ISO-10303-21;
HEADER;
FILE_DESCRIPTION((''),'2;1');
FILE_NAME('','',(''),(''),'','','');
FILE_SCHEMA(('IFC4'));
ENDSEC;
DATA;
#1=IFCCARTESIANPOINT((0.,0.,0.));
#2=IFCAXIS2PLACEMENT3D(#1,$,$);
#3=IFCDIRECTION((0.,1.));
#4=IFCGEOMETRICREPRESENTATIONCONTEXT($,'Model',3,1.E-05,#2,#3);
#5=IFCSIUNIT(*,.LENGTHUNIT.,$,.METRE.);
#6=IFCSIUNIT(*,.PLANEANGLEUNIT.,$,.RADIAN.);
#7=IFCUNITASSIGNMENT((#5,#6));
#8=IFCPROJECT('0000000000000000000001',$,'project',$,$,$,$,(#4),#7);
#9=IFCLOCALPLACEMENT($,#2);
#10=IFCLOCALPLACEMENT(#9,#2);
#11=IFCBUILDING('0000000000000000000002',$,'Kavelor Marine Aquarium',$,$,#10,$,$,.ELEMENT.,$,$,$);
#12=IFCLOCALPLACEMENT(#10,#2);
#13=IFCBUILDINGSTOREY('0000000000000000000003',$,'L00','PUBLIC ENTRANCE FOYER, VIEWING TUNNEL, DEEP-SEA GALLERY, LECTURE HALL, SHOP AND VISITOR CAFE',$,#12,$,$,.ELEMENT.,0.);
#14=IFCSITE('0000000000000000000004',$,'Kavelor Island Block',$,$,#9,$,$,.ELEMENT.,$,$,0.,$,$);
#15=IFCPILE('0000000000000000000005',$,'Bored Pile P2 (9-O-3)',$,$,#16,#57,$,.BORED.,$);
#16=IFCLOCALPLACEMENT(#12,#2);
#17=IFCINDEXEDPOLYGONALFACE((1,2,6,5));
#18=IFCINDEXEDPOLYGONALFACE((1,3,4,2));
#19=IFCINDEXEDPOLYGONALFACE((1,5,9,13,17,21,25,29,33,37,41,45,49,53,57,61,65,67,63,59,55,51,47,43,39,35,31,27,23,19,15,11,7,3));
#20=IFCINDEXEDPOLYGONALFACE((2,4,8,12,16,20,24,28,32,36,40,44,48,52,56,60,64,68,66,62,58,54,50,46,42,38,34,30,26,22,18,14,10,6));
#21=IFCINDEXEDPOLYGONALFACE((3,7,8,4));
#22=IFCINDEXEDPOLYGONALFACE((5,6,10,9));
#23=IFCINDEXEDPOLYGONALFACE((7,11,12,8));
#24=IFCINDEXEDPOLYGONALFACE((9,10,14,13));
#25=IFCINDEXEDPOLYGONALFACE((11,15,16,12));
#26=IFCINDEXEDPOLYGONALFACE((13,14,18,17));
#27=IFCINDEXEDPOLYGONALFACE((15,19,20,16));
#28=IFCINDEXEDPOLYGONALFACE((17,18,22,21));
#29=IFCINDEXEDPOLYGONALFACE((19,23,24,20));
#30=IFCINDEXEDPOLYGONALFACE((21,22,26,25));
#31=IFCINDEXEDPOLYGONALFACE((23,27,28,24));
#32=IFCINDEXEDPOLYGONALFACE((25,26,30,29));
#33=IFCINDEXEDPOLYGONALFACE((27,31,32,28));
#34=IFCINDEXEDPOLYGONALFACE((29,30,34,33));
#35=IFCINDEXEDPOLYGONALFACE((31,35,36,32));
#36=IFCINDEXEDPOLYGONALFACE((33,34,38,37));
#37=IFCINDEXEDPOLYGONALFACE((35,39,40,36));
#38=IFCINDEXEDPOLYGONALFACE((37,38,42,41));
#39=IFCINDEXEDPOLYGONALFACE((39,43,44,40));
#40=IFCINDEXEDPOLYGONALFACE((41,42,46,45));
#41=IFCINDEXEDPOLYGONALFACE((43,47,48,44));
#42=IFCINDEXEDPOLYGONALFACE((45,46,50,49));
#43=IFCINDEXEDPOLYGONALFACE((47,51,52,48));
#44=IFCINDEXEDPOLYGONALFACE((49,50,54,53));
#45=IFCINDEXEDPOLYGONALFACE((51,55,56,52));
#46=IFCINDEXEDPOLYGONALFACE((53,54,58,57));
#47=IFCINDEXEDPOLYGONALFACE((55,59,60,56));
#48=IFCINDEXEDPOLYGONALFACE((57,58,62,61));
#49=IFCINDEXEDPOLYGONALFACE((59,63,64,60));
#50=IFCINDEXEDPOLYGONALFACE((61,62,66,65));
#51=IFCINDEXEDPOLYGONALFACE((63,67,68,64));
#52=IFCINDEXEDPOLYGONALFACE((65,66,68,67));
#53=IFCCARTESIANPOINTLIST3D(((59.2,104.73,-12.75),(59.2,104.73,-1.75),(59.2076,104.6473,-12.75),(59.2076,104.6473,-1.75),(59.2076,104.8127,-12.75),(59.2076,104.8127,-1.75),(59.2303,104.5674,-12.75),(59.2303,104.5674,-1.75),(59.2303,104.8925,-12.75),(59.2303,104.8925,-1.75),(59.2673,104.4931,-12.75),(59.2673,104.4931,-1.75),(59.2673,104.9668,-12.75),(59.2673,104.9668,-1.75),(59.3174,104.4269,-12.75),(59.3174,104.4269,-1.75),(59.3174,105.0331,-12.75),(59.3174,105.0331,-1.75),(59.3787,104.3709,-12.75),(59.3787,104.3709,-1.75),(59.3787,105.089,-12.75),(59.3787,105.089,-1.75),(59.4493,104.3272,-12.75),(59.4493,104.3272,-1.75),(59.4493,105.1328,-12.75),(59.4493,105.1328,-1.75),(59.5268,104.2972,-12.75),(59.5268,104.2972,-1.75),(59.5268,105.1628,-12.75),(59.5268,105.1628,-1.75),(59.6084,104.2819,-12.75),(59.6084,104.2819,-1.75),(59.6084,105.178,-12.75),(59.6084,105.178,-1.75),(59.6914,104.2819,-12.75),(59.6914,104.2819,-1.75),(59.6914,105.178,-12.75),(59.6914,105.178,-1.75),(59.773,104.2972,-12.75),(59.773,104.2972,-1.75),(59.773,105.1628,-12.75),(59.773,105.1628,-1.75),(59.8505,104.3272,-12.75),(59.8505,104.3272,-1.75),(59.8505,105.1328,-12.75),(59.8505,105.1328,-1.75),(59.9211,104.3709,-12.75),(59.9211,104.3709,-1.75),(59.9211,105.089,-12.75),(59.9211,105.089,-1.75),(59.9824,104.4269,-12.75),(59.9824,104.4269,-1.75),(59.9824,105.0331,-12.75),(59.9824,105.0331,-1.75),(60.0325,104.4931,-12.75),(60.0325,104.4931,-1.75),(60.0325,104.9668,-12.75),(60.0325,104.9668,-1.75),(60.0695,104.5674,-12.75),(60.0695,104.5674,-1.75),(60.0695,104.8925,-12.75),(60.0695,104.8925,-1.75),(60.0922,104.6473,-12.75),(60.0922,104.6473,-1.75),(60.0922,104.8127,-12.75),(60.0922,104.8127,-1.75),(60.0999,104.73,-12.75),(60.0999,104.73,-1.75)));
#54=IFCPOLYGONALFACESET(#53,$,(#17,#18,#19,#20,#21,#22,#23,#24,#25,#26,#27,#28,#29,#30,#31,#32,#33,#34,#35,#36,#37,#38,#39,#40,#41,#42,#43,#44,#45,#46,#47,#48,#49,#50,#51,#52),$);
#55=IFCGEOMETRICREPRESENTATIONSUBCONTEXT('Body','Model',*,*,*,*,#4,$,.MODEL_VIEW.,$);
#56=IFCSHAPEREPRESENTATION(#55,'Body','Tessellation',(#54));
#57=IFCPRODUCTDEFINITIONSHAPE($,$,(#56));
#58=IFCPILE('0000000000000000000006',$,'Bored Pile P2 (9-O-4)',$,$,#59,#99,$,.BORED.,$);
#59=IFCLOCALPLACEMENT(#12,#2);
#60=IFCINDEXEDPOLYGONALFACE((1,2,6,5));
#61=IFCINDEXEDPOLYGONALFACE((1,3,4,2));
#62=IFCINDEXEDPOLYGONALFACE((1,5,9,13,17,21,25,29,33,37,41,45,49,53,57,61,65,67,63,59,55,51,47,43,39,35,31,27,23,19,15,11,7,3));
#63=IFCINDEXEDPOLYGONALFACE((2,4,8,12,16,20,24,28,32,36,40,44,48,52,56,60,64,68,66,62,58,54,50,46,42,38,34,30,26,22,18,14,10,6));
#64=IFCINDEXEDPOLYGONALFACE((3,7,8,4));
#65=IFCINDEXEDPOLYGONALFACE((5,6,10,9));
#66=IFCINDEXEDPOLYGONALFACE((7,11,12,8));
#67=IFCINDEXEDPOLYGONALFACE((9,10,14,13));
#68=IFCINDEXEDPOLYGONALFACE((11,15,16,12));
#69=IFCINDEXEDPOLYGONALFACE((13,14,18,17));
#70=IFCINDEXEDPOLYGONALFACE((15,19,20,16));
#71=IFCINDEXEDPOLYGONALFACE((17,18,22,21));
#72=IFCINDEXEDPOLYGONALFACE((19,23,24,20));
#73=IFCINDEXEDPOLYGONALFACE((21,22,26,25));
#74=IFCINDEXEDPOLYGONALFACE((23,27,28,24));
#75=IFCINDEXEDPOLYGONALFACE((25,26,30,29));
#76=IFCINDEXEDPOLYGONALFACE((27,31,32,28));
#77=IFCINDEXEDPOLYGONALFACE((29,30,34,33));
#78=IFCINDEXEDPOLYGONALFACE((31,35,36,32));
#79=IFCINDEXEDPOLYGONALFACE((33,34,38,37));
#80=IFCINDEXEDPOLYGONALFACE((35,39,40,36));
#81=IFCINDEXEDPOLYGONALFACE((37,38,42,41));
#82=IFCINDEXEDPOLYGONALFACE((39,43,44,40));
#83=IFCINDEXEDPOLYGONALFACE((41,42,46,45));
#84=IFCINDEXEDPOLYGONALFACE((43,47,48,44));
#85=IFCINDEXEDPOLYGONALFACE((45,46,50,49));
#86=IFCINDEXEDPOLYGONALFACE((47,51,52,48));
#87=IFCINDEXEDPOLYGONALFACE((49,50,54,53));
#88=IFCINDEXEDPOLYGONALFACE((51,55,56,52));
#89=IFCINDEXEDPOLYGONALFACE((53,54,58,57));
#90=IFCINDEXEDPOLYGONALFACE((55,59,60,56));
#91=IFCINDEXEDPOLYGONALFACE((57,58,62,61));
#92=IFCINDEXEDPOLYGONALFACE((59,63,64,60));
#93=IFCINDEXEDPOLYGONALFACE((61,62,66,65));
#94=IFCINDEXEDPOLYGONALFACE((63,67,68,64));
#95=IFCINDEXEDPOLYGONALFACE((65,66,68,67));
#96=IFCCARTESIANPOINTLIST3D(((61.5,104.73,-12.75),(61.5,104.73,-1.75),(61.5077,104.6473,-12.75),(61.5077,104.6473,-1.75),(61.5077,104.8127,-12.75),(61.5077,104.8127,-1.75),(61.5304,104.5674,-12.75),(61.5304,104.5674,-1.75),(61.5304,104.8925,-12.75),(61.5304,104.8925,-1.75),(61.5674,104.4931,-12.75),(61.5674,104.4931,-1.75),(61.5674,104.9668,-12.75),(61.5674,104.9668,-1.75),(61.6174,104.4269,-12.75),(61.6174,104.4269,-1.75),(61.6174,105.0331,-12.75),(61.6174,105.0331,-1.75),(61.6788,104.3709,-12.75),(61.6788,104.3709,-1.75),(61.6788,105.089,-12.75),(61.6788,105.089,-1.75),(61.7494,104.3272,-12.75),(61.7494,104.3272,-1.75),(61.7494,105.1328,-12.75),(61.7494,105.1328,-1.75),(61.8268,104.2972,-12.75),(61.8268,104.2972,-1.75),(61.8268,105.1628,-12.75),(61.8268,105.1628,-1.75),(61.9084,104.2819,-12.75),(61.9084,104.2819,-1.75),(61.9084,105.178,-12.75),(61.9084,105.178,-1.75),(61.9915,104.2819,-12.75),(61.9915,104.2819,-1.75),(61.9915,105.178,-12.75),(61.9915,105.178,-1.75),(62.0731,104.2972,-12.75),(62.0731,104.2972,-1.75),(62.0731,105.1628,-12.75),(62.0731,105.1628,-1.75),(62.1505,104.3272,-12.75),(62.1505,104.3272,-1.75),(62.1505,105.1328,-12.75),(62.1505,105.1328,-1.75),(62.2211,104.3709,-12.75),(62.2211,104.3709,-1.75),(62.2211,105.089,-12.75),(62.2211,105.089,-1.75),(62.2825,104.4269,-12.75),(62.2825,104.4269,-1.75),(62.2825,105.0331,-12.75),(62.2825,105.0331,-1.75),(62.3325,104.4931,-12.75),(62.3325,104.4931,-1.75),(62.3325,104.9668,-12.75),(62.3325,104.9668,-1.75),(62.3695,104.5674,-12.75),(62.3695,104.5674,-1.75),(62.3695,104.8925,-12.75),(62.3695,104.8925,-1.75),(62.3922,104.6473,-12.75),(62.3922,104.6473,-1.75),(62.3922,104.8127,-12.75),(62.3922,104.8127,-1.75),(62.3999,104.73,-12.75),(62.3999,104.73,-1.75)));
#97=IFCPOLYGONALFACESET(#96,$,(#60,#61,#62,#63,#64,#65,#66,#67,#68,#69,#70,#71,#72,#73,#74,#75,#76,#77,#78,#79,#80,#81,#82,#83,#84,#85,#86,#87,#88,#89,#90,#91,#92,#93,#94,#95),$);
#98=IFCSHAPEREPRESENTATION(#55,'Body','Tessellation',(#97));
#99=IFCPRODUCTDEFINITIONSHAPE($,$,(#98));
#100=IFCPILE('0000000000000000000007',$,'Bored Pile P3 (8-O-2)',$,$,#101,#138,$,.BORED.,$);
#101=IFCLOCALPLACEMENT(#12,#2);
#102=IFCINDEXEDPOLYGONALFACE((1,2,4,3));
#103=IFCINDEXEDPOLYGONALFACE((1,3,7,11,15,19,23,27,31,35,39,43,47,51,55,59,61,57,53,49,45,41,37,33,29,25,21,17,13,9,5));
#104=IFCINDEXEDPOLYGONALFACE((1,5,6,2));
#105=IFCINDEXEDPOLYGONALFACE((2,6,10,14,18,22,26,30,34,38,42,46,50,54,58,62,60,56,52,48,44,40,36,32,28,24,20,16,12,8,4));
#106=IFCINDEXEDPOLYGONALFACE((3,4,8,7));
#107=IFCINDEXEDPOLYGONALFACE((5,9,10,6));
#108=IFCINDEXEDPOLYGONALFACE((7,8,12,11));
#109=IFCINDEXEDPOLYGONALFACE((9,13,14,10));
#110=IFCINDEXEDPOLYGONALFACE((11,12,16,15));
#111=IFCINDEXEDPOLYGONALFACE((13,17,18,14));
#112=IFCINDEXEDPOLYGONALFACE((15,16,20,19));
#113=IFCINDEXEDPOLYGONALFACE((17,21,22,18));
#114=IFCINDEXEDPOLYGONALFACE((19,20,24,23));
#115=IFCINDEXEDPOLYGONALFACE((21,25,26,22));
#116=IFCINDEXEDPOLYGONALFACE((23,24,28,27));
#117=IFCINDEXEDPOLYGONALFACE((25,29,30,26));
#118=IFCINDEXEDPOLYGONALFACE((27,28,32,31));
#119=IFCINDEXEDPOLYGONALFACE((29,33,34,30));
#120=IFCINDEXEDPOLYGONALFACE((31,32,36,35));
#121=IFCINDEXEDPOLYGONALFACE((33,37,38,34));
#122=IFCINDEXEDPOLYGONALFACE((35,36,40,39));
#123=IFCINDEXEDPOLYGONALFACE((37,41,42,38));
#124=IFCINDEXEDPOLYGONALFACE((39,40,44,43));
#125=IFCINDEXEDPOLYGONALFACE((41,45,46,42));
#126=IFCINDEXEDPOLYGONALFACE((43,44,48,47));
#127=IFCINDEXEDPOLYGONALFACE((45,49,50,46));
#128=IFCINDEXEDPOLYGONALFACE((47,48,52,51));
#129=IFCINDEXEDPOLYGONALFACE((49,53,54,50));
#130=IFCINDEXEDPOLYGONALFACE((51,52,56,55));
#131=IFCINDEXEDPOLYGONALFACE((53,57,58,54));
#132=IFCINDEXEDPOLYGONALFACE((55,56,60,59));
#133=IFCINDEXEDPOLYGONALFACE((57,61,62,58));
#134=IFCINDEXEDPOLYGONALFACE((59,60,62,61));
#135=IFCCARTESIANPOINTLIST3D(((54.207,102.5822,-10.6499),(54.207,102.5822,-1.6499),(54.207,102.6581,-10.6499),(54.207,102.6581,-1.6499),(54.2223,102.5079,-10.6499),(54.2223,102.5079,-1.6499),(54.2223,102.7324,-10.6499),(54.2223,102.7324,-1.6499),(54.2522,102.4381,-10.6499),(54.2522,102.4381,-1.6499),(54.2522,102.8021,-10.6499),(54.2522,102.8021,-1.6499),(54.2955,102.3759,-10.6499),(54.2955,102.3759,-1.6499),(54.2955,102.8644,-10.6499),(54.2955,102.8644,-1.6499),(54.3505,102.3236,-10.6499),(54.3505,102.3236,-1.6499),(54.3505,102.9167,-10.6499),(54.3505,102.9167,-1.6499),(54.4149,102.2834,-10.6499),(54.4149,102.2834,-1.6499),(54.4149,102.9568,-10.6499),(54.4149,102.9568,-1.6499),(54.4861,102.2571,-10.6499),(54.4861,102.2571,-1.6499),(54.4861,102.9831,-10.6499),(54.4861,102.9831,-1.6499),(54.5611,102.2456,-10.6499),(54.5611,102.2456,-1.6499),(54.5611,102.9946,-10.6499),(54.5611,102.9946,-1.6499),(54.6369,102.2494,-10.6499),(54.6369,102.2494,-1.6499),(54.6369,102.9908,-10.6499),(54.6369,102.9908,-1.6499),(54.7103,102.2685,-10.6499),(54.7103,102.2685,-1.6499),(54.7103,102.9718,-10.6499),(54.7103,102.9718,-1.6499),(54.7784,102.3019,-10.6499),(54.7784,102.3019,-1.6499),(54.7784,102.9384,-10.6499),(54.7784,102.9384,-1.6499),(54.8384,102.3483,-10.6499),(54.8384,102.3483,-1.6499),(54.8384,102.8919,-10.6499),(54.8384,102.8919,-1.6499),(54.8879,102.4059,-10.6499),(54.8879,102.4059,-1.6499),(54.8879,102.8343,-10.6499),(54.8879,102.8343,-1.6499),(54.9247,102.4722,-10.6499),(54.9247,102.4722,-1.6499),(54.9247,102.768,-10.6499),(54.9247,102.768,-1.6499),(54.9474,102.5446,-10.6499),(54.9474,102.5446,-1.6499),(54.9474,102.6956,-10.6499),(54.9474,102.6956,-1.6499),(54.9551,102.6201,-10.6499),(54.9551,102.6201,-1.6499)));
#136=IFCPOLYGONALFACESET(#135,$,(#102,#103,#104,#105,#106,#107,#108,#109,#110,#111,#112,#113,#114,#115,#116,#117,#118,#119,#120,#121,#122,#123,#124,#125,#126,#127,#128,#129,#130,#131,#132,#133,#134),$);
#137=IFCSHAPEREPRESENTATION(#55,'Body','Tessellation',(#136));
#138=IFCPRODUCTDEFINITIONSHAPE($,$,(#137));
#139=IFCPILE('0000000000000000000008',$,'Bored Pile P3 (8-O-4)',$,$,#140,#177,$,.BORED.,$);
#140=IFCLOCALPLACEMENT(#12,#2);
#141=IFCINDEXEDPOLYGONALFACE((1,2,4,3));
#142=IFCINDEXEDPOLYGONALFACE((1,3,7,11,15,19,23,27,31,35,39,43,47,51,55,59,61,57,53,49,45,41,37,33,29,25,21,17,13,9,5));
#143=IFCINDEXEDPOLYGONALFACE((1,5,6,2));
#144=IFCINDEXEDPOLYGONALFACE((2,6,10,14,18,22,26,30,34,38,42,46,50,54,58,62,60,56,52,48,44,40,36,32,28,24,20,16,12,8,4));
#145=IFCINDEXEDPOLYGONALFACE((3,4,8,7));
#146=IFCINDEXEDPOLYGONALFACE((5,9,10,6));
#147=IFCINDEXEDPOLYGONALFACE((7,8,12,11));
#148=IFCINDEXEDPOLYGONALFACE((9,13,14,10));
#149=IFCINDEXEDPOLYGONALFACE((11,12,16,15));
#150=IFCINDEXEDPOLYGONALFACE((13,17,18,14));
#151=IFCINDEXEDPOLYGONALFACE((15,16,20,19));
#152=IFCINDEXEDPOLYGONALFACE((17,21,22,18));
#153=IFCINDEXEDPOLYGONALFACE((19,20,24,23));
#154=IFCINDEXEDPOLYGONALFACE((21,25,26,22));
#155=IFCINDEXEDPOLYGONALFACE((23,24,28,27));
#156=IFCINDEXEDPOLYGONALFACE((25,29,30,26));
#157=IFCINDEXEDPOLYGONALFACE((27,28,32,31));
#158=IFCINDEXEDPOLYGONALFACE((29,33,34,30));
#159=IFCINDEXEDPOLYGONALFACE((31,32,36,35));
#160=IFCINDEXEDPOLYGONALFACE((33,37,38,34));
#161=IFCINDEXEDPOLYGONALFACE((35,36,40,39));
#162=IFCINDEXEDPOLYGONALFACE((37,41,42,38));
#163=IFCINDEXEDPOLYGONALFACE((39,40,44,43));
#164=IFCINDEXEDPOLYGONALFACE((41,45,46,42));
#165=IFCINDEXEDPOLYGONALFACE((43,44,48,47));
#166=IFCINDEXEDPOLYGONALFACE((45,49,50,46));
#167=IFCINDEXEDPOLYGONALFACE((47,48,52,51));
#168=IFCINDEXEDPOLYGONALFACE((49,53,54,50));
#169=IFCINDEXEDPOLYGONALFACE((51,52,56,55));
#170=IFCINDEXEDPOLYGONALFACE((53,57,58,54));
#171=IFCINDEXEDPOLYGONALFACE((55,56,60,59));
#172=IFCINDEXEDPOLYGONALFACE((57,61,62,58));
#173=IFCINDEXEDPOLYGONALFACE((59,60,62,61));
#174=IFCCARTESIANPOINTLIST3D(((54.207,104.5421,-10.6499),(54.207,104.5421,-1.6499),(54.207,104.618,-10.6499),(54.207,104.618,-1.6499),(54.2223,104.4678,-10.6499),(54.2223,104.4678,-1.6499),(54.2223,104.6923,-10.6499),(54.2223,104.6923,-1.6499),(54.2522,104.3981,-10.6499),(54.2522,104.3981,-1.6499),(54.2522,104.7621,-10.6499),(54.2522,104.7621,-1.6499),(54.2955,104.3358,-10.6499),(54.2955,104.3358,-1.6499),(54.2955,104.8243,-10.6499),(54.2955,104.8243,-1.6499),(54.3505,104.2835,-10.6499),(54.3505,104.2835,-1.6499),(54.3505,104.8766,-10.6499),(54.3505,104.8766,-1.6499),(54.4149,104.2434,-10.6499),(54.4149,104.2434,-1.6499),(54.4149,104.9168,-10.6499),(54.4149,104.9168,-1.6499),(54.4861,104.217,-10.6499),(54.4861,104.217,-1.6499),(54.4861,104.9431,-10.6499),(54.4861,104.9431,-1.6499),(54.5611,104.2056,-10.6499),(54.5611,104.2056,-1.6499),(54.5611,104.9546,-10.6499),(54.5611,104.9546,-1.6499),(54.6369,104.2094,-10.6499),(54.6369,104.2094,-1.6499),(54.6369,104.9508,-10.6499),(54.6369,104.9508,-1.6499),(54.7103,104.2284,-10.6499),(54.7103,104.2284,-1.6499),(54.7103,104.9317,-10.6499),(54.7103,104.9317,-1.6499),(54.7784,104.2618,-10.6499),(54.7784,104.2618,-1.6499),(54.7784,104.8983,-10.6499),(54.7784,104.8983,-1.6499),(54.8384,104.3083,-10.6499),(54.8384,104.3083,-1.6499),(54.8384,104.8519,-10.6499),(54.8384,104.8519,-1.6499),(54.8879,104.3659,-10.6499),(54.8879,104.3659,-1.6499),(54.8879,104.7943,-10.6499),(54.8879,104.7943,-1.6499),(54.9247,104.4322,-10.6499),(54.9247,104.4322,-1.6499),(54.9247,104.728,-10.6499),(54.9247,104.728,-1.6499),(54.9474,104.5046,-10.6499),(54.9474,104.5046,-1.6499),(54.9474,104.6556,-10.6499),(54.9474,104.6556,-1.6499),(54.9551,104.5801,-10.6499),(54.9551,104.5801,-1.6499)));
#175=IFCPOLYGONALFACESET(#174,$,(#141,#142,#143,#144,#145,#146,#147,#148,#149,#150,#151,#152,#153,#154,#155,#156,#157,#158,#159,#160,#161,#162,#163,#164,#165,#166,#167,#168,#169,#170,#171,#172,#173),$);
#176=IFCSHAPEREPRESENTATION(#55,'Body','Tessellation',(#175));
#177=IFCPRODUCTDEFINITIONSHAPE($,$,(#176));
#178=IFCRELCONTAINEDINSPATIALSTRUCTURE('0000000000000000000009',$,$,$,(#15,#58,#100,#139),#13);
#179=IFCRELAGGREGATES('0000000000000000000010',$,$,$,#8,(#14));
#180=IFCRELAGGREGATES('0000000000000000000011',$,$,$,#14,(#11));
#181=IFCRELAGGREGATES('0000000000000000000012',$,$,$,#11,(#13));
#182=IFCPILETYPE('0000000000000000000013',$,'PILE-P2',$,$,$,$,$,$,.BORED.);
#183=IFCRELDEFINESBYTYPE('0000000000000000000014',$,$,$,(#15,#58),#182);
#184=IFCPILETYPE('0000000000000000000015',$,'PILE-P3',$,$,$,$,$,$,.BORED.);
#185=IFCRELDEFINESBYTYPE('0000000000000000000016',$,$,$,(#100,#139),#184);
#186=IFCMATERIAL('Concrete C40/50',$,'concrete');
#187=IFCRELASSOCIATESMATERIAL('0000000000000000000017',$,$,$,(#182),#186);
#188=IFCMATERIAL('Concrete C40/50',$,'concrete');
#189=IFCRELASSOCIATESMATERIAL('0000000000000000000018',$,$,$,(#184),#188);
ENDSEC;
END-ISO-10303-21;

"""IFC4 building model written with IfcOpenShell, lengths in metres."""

from ifc_helpers import new_model, si_unit, direction, frame, origin, origin_2d, place, context, subcontext, project, spatial, circle, extrude, material, material_profile, profile_set, type_object, element, save


model = new_model("IFC4")

# Units and contexts
model_context = context("Model", 3, precision=1e-05, world=origin(), true_north=direction((0.0, 1.0)))
body_context = subcontext(model_context, "Body", "Model", "MODEL_VIEW")
ifc_project = project(units=[si_unit("LENGTHUNIT", "METRE"), si_unit("PLANEANGLEUNIT", "RADIAN")], contexts=[model_context])

# Site, building, storey
site_placement = place(None, origin())
site = spatial("IfcSite", under=ifc_project, at=site_placement, Name="Kavelor Island Block", CompositionType="ELEMENT", RefElevation=0.0)
building_placement = place(site_placement, origin())
building = spatial("IfcBuilding", under=site, at=building_placement, Name="Kavelor Marine Aquarium", CompositionType="ELEMENT")
storey_placement = place(building_placement, origin())
storey = spatial("IfcBuildingStorey", under=building, at=storey_placement, Name="L00", Description="PUBLIC ENTRANCE FOYER, VIEWING TUNNEL, DEEP-SEA GALLERY, LECTURE HALL, SHOP AND VISITOR CAFE", CompositionType="ELEMENT", Elevation=0.0)

# Piles
ifc_material_1 = material(Name="Concrete C40/50", Category="concrete")
ifc_material_profile_1 = material_profile(ifc_material_1, circle(Radius=0.45, at=origin_2d()), Name="PILE D900")
ifc_profile_set_1 = profile_set([ifc_material_profile_1], Name="Concrete C40/50")
pile_type_1 = type_object("IfcPileType", Name="PILE-P2", PredefinedType="BORED", material=ifc_profile_set_1)
for number, where, z_axis, x_axis, name in (
    (1, (59.6499, 104.73, -1.75), (0.0, 0.0, -1.0), (1.0, 0.0, 0.0), "Bored Pile P2 (9-O-3)"),
    (2, (61.95, 104.73, -1.75), (0.0, 0.0, -1.0), (1.0, 0.0, 0.0), "Bored Pile P2 (9-O-4)"),
):
    element("IfcPile", number, at=place(storey_placement, frame(where, z_axis=z_axis, x_axis=x_axis)), inside=storey, type_object=pile_type_1, Name=name, PredefinedType="BORED", context=body_context, shape_type="SweptSolid", body=[
        extrude(circle(Radius=0.45, at=origin_2d()), origin(), (0.0, 0.0, 1.0), 11.0),
    ])
ifc_material_2 = material(Name="Concrete C40/50", Category="concrete")
ifc_material_profile_2 = material_profile(ifc_material_2, circle(Radius=0.375, at=origin_2d()), Name="PILE D750")
ifc_profile_set_2 = profile_set([ifc_material_profile_2], Name="Concrete C40/50")
pile_type_2 = type_object("IfcPileType", Name="PILE-P3", PredefinedType="BORED", material=ifc_profile_set_2)
for number, where, z_axis, x_axis, name in (
    (3, (54.5801, 102.6201, -1.6499), (0.0, 0.0, -1.0), (1.0, 0.0, 0.0), "Bored Pile P3 (8-O-2)"),
    (4, (54.5801, 104.5801, -1.6499), (0.0, 0.0, -1.0), (1.0, 0.0, 0.0), "Bored Pile P3 (8-O-4)"),
):
    element("IfcPile", number, at=place(storey_placement, frame(where, z_axis=z_axis, x_axis=x_axis)), inside=storey, type_object=pile_type_2, Name=name, PredefinedType="BORED", context=body_context, shape_type="SweptSolid", body=[
        extrude(circle(Radius=0.375, at=origin_2d()), origin(), (0.0, 0.0, 1.0), 9.0),
    ])

save(model, "model.ifc")
